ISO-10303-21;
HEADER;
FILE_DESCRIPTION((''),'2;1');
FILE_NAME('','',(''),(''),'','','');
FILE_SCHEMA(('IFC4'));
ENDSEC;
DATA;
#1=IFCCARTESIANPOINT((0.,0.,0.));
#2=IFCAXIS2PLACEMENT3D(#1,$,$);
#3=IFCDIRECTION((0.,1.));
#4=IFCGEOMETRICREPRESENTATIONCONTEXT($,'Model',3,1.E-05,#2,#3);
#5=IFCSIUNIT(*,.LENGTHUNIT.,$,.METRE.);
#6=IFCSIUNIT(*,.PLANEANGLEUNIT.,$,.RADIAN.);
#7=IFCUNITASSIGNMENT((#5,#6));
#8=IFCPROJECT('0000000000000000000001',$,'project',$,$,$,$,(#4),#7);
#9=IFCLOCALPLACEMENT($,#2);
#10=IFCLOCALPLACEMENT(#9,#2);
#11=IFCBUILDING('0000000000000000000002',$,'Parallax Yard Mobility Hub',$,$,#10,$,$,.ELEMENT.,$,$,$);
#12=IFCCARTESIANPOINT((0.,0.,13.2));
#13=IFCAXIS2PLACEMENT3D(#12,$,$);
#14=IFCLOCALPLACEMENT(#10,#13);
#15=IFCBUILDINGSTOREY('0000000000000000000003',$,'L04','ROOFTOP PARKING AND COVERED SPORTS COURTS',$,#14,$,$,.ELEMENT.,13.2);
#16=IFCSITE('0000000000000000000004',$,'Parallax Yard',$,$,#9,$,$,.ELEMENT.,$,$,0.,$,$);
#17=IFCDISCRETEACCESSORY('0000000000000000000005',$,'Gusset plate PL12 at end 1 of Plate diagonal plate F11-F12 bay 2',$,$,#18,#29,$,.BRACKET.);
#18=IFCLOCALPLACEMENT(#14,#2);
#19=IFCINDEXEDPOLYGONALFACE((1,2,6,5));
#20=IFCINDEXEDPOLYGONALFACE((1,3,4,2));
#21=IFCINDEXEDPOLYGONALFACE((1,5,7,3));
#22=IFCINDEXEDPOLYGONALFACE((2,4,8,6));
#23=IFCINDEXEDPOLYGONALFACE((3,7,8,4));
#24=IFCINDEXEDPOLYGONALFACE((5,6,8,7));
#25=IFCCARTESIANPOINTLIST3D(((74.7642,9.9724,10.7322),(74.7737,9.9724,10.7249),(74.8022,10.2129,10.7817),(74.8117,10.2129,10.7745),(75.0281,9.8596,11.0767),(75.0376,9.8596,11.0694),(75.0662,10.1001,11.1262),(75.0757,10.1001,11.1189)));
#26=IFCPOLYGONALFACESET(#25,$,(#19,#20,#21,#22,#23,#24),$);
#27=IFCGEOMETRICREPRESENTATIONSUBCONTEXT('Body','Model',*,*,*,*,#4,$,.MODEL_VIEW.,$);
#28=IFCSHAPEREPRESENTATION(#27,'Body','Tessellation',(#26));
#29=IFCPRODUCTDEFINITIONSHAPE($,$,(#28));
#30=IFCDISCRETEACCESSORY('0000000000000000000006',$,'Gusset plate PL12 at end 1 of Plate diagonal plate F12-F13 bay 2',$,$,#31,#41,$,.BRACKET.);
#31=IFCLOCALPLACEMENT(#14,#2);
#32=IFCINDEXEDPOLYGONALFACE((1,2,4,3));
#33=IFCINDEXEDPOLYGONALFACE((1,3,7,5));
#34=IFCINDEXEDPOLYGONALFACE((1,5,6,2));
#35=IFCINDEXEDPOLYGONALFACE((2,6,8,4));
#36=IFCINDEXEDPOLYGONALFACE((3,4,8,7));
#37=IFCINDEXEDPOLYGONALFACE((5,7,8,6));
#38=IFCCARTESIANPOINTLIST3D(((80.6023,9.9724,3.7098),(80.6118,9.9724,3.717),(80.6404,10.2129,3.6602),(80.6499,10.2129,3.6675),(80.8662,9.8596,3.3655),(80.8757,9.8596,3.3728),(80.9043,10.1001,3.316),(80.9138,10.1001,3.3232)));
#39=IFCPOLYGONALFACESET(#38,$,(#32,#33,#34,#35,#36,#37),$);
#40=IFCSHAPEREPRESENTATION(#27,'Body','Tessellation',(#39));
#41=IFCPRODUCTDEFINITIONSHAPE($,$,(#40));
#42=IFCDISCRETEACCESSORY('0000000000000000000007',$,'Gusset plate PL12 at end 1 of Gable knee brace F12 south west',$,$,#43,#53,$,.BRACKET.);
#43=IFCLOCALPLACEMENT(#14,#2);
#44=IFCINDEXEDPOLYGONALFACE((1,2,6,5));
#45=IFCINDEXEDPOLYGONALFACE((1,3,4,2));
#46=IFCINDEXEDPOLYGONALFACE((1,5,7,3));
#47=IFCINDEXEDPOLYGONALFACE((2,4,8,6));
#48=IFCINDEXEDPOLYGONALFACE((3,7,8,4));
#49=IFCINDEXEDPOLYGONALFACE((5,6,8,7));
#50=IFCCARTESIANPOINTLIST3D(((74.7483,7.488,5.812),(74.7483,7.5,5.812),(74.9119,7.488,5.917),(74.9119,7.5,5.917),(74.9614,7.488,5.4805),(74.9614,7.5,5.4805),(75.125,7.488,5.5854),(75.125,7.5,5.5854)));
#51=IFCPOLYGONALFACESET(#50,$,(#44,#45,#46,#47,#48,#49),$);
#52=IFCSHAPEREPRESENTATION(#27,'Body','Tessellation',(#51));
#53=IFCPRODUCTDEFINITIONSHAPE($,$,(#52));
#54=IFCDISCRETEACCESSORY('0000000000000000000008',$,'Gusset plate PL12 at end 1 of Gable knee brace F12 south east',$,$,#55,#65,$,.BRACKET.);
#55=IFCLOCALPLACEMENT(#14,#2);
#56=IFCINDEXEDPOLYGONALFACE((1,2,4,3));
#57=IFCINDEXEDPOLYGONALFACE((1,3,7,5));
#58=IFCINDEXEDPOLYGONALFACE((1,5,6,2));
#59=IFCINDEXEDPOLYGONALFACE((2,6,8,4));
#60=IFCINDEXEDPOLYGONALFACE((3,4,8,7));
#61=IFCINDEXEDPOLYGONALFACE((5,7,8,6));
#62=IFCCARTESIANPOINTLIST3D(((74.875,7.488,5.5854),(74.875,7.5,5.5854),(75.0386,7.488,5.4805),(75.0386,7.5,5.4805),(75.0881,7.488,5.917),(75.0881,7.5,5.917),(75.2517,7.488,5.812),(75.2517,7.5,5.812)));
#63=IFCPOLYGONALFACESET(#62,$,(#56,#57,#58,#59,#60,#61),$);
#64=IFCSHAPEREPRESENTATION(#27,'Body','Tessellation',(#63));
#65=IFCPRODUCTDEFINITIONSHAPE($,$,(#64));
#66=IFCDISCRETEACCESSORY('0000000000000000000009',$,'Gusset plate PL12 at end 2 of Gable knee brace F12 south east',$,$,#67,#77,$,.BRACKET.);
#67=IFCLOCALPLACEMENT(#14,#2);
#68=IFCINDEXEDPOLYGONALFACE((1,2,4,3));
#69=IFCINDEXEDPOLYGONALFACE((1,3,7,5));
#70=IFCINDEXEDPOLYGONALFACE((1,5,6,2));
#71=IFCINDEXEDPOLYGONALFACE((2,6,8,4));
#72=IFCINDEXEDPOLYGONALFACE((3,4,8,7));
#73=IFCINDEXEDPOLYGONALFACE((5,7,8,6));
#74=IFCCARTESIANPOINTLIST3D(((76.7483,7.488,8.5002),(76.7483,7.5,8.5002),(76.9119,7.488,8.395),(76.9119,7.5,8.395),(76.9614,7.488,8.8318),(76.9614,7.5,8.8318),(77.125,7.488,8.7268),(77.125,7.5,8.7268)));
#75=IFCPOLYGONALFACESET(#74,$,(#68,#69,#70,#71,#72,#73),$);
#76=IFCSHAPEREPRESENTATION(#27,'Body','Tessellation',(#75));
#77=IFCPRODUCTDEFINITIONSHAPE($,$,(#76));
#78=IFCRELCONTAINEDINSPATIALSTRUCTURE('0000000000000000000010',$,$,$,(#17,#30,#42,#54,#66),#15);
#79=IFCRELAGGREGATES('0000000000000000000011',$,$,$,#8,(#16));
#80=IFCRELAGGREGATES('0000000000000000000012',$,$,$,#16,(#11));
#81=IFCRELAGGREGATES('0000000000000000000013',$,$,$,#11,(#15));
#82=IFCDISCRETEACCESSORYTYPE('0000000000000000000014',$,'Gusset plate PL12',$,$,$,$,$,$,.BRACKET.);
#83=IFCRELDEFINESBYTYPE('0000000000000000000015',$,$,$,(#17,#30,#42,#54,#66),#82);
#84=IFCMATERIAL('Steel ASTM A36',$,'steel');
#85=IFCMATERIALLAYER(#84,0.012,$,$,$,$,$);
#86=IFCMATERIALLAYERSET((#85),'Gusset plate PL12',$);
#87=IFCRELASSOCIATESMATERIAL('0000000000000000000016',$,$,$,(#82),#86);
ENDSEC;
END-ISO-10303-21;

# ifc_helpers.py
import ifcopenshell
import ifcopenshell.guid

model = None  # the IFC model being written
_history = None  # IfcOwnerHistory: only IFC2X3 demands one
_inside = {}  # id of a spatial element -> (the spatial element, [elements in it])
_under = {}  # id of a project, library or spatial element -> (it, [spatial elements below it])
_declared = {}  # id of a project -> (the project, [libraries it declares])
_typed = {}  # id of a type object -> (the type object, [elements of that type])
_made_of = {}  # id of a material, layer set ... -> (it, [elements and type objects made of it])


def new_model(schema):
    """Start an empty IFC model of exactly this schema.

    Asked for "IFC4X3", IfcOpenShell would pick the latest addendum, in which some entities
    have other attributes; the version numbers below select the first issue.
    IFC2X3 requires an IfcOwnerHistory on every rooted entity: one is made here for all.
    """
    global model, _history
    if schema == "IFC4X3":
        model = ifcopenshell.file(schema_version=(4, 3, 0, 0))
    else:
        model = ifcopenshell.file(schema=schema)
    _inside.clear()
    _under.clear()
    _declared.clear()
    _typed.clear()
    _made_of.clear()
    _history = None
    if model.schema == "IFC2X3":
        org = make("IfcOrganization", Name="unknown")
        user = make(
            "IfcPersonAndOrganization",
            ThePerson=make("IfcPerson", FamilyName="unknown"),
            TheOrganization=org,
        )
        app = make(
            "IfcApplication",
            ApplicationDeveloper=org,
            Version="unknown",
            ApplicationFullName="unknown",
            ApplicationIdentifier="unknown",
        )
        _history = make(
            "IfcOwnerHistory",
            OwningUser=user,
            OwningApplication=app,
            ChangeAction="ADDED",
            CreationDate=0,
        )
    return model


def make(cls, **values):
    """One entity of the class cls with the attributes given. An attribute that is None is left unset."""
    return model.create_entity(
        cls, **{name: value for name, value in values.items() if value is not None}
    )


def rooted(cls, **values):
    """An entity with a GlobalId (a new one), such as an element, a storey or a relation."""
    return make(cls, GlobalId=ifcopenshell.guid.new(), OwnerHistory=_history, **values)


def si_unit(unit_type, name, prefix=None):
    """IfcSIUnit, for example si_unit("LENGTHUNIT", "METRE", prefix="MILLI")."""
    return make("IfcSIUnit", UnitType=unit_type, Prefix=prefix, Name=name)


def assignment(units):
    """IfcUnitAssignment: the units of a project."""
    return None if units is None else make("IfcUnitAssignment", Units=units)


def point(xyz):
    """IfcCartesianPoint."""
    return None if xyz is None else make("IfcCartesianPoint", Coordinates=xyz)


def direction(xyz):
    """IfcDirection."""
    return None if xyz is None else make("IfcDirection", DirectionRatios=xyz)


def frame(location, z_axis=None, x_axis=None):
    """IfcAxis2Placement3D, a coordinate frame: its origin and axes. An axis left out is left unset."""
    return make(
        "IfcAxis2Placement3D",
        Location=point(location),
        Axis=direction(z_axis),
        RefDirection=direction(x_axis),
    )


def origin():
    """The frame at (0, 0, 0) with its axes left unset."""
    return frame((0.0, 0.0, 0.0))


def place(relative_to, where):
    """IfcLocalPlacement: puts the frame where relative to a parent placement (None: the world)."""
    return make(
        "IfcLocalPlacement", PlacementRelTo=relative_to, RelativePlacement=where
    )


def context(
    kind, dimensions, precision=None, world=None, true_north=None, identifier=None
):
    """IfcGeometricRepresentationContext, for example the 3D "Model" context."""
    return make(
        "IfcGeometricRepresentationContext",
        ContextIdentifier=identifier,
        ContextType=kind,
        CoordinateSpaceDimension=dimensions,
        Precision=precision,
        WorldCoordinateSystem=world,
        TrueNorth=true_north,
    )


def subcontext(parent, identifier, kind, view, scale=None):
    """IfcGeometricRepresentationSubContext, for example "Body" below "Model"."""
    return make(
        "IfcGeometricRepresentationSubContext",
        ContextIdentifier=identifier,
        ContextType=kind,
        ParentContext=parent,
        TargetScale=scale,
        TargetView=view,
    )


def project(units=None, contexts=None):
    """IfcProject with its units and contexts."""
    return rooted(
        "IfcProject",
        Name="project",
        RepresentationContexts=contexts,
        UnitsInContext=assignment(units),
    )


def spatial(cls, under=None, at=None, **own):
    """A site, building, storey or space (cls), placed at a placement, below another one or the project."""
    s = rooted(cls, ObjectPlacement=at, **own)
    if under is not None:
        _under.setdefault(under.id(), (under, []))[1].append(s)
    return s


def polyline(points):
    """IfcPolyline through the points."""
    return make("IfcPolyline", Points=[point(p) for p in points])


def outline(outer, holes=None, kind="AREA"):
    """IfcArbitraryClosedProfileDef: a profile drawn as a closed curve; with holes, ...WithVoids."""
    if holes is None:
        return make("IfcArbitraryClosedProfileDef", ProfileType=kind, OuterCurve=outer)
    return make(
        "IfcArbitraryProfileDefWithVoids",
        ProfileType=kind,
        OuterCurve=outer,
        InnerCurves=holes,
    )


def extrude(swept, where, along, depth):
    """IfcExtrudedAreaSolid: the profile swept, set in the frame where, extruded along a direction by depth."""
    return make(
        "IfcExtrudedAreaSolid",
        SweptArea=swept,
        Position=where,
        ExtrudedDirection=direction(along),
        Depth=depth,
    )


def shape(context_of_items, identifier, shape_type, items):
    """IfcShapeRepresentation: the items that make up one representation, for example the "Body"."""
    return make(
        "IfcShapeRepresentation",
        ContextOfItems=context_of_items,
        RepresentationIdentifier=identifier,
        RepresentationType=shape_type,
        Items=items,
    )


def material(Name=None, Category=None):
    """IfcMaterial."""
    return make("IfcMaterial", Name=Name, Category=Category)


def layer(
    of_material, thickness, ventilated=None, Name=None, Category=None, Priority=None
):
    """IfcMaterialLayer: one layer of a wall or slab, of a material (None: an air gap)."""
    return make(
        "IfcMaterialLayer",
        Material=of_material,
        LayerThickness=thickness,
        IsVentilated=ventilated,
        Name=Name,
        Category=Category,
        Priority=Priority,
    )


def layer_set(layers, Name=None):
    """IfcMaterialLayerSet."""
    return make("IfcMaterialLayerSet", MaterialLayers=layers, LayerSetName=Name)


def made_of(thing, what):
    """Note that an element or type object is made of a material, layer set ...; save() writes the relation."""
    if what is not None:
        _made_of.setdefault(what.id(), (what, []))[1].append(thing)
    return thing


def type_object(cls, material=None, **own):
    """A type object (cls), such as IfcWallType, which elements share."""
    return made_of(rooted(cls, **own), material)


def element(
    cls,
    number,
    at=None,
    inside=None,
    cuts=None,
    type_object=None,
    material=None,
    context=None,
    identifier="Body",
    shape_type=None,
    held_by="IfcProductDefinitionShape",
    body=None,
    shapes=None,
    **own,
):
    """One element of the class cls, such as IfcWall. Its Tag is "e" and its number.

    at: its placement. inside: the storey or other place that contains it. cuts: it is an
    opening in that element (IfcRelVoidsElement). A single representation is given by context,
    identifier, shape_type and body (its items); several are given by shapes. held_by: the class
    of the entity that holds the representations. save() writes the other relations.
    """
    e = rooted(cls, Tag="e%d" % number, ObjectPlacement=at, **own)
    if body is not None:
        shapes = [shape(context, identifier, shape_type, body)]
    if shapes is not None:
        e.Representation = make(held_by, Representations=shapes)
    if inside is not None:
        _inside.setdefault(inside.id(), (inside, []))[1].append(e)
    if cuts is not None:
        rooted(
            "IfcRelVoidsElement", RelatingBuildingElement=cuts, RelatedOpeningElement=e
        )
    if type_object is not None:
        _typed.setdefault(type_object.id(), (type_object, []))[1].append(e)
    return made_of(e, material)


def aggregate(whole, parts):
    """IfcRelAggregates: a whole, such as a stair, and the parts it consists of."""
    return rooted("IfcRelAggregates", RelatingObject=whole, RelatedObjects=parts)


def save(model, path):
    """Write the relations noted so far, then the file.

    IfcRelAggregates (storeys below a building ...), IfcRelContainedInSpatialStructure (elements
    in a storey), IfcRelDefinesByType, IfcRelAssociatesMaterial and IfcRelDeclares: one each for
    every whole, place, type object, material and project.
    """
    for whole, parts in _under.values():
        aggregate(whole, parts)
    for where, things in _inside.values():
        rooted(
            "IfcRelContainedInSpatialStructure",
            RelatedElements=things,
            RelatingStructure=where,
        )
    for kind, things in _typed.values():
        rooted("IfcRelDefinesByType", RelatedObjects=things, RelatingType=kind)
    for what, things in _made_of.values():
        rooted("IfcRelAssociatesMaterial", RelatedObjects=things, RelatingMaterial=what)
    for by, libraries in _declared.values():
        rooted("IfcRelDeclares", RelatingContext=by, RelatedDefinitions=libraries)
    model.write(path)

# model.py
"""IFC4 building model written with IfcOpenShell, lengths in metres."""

from ifc_helpers import new_model, si_unit, direction, frame, origin, place, context, subcontext, project, spatial, polyline, outline, extrude, material, layer, layer_set, type_object, element, save


model = new_model("IFC4")

# Units and contexts
model_context = context("Model", 3, precision=1e-05, world=origin(), true_north=direction((0.0, 1.0)))
body_context = subcontext(model_context, "Body", "Model", "MODEL_VIEW")
ifc_project = project(units=[si_unit("LENGTHUNIT", "METRE"), si_unit("PLANEANGLEUNIT", "RADIAN")], contexts=[model_context])

# Site, building, storey
site_placement = place(None, origin())
site = spatial("IfcSite", under=ifc_project, at=site_placement, Name="Parallax Yard", CompositionType="ELEMENT", RefElevation=0.0)
building_placement = place(site_placement, origin())
building = spatial("IfcBuilding", under=site, at=building_placement, Name="Parallax Yard Mobility Hub", CompositionType="ELEMENT")
storey_placement = place(building_placement, frame((0.0, 0.0, 13.2)))
storey = spatial("IfcBuildingStorey", under=building, at=storey_placement, Name="L04", Description="ROOFTOP PARKING AND COVERED SPORTS COURTS", CompositionType="ELEMENT", Elevation=13.2)

# Discrete accessories
ifc_material_1 = material(Name="Steel ASTM A36", Category="steel")
ifc_layer_1 = layer(ifc_material_1, 0.012)
ifc_layer_set_1 = layer_set([ifc_layer_1], Name="Gusset plate PL12")
discrete_accessory_type = type_object("IfcDiscreteAccessoryType", Name="Gusset plate PL12", PredefinedType="BRACKET", material=ifc_layer_set_1)
discrete_accessory_1_placement = place(storey_placement, frame((74.7642, 9.9724, 10.7322), z_axis=(-0.793758, 0.00036, 0.608234), x_axis=(0.588603, -0.251558, 0.768287)))
element("IfcDiscreteAccessory", 1, at=discrete_accessory_1_placement, inside=storey, type_object=discrete_accessory_type, Name="Gusset plate PL12 at end 1 of Plate diagonal plate F11-F12 bay 2", PredefinedType="BRACKET", context=body_context, shape_type="SweptSolid", body=[
    extrude(outline(polyline([(0.0, 0.0), (0.4484, 0.0), (0.4484, 0.2485), (0.0, 0.2485), (0.0, 0.0)])), origin(), (0.0, 0.0, -1.0), 0.012),
])
discrete_accessory_2_placement = place(storey_placement, frame((80.6118, 9.9724, 3.717), z_axis=(0.793563, -0.000277, 0.608489), x_axis=(0.588849, -0.251664, -0.768064)))
element("IfcDiscreteAccessory", 2, at=discrete_accessory_2_placement, inside=storey, type_object=discrete_accessory_type, Name="Gusset plate PL12 at end 1 of Plate diagonal plate F12-F13 bay 2", PredefinedType="BRACKET", context=body_context, shape_type="SweptSolid", body=[
    extrude(outline(polyline([(0.0, 0.0), (0.4482, 0.0), (0.4482, 0.2485), (0.0, 0.2485), (0.0, 0.0)])), origin(), (0.0, 0.0, -1.0), 0.012),
])
discrete_accessory_3_placement = place(storey_placement, frame((74.9119, 7.5, 5.917), z_axis=(0.0, 1.0, 0.0), x_axis=(0.540758, 0.0, -0.841178)))
element("IfcDiscreteAccessory", 3, at=discrete_accessory_3_placement, inside=storey, type_object=discrete_accessory_type, Name="Gusset plate PL12 at end 1 of Gable knee brace F12 south west", PredefinedType="BRACKET", context=body_context, shape_type="SweptSolid", body=[
    extrude(outline(polyline([(0.0, 0.0), (0.3941, 0.0), (0.394, 0.1944), (-0.0001, 0.1944), (0.0, 0.0)])), origin(), (0.0, 0.0, -1.0), 0.012),
])
discrete_accessory_4_placement = place(storey_placement, frame((75.2517, 7.5, 5.812), z_axis=(0.0, 1.0, 0.0), x_axis=(-0.540758, 0.0, -0.841178)))
element("IfcDiscreteAccessory", 4, at=discrete_accessory_4_placement, inside=storey, type_object=discrete_accessory_type, Name="Gusset plate PL12 at end 1 of Gable knee brace F12 south east", PredefinedType="BRACKET", context=body_context, shape_type="SweptSolid", body=[
    extrude(outline(polyline([(0.0, 0.0), (0.3941, 0.0), (0.3943, 0.1944), (0.0001, 0.1944), (0.0, 0.0)])), origin(), (0.0, 0.0, -1.0), 0.012),
])
discrete_accessory_5_placement = place(storey_placement, frame((76.7483, 7.5, 8.5002), z_axis=(0.0, 1.0, 0.0), x_axis=(0.540758, 0.0, 0.841178)))
element("IfcDiscreteAccessory", 5, at=discrete_accessory_5_placement, inside=storey, type_object=discrete_accessory_type, Name="Gusset plate PL12 at end 2 of Gable knee brace F12 south east", PredefinedType="BRACKET", context=body_context, shape_type="SweptSolid", body=[
    extrude(outline(polyline([(0.0, 0.0), (0.3941, 0.0), (0.3943, 0.1944), (-0.0001, 0.1945), (0.0, 0.0)])), origin(), (0.0, 0.0, -1.0), 0.012),
])

save(model, "model.ifc")
